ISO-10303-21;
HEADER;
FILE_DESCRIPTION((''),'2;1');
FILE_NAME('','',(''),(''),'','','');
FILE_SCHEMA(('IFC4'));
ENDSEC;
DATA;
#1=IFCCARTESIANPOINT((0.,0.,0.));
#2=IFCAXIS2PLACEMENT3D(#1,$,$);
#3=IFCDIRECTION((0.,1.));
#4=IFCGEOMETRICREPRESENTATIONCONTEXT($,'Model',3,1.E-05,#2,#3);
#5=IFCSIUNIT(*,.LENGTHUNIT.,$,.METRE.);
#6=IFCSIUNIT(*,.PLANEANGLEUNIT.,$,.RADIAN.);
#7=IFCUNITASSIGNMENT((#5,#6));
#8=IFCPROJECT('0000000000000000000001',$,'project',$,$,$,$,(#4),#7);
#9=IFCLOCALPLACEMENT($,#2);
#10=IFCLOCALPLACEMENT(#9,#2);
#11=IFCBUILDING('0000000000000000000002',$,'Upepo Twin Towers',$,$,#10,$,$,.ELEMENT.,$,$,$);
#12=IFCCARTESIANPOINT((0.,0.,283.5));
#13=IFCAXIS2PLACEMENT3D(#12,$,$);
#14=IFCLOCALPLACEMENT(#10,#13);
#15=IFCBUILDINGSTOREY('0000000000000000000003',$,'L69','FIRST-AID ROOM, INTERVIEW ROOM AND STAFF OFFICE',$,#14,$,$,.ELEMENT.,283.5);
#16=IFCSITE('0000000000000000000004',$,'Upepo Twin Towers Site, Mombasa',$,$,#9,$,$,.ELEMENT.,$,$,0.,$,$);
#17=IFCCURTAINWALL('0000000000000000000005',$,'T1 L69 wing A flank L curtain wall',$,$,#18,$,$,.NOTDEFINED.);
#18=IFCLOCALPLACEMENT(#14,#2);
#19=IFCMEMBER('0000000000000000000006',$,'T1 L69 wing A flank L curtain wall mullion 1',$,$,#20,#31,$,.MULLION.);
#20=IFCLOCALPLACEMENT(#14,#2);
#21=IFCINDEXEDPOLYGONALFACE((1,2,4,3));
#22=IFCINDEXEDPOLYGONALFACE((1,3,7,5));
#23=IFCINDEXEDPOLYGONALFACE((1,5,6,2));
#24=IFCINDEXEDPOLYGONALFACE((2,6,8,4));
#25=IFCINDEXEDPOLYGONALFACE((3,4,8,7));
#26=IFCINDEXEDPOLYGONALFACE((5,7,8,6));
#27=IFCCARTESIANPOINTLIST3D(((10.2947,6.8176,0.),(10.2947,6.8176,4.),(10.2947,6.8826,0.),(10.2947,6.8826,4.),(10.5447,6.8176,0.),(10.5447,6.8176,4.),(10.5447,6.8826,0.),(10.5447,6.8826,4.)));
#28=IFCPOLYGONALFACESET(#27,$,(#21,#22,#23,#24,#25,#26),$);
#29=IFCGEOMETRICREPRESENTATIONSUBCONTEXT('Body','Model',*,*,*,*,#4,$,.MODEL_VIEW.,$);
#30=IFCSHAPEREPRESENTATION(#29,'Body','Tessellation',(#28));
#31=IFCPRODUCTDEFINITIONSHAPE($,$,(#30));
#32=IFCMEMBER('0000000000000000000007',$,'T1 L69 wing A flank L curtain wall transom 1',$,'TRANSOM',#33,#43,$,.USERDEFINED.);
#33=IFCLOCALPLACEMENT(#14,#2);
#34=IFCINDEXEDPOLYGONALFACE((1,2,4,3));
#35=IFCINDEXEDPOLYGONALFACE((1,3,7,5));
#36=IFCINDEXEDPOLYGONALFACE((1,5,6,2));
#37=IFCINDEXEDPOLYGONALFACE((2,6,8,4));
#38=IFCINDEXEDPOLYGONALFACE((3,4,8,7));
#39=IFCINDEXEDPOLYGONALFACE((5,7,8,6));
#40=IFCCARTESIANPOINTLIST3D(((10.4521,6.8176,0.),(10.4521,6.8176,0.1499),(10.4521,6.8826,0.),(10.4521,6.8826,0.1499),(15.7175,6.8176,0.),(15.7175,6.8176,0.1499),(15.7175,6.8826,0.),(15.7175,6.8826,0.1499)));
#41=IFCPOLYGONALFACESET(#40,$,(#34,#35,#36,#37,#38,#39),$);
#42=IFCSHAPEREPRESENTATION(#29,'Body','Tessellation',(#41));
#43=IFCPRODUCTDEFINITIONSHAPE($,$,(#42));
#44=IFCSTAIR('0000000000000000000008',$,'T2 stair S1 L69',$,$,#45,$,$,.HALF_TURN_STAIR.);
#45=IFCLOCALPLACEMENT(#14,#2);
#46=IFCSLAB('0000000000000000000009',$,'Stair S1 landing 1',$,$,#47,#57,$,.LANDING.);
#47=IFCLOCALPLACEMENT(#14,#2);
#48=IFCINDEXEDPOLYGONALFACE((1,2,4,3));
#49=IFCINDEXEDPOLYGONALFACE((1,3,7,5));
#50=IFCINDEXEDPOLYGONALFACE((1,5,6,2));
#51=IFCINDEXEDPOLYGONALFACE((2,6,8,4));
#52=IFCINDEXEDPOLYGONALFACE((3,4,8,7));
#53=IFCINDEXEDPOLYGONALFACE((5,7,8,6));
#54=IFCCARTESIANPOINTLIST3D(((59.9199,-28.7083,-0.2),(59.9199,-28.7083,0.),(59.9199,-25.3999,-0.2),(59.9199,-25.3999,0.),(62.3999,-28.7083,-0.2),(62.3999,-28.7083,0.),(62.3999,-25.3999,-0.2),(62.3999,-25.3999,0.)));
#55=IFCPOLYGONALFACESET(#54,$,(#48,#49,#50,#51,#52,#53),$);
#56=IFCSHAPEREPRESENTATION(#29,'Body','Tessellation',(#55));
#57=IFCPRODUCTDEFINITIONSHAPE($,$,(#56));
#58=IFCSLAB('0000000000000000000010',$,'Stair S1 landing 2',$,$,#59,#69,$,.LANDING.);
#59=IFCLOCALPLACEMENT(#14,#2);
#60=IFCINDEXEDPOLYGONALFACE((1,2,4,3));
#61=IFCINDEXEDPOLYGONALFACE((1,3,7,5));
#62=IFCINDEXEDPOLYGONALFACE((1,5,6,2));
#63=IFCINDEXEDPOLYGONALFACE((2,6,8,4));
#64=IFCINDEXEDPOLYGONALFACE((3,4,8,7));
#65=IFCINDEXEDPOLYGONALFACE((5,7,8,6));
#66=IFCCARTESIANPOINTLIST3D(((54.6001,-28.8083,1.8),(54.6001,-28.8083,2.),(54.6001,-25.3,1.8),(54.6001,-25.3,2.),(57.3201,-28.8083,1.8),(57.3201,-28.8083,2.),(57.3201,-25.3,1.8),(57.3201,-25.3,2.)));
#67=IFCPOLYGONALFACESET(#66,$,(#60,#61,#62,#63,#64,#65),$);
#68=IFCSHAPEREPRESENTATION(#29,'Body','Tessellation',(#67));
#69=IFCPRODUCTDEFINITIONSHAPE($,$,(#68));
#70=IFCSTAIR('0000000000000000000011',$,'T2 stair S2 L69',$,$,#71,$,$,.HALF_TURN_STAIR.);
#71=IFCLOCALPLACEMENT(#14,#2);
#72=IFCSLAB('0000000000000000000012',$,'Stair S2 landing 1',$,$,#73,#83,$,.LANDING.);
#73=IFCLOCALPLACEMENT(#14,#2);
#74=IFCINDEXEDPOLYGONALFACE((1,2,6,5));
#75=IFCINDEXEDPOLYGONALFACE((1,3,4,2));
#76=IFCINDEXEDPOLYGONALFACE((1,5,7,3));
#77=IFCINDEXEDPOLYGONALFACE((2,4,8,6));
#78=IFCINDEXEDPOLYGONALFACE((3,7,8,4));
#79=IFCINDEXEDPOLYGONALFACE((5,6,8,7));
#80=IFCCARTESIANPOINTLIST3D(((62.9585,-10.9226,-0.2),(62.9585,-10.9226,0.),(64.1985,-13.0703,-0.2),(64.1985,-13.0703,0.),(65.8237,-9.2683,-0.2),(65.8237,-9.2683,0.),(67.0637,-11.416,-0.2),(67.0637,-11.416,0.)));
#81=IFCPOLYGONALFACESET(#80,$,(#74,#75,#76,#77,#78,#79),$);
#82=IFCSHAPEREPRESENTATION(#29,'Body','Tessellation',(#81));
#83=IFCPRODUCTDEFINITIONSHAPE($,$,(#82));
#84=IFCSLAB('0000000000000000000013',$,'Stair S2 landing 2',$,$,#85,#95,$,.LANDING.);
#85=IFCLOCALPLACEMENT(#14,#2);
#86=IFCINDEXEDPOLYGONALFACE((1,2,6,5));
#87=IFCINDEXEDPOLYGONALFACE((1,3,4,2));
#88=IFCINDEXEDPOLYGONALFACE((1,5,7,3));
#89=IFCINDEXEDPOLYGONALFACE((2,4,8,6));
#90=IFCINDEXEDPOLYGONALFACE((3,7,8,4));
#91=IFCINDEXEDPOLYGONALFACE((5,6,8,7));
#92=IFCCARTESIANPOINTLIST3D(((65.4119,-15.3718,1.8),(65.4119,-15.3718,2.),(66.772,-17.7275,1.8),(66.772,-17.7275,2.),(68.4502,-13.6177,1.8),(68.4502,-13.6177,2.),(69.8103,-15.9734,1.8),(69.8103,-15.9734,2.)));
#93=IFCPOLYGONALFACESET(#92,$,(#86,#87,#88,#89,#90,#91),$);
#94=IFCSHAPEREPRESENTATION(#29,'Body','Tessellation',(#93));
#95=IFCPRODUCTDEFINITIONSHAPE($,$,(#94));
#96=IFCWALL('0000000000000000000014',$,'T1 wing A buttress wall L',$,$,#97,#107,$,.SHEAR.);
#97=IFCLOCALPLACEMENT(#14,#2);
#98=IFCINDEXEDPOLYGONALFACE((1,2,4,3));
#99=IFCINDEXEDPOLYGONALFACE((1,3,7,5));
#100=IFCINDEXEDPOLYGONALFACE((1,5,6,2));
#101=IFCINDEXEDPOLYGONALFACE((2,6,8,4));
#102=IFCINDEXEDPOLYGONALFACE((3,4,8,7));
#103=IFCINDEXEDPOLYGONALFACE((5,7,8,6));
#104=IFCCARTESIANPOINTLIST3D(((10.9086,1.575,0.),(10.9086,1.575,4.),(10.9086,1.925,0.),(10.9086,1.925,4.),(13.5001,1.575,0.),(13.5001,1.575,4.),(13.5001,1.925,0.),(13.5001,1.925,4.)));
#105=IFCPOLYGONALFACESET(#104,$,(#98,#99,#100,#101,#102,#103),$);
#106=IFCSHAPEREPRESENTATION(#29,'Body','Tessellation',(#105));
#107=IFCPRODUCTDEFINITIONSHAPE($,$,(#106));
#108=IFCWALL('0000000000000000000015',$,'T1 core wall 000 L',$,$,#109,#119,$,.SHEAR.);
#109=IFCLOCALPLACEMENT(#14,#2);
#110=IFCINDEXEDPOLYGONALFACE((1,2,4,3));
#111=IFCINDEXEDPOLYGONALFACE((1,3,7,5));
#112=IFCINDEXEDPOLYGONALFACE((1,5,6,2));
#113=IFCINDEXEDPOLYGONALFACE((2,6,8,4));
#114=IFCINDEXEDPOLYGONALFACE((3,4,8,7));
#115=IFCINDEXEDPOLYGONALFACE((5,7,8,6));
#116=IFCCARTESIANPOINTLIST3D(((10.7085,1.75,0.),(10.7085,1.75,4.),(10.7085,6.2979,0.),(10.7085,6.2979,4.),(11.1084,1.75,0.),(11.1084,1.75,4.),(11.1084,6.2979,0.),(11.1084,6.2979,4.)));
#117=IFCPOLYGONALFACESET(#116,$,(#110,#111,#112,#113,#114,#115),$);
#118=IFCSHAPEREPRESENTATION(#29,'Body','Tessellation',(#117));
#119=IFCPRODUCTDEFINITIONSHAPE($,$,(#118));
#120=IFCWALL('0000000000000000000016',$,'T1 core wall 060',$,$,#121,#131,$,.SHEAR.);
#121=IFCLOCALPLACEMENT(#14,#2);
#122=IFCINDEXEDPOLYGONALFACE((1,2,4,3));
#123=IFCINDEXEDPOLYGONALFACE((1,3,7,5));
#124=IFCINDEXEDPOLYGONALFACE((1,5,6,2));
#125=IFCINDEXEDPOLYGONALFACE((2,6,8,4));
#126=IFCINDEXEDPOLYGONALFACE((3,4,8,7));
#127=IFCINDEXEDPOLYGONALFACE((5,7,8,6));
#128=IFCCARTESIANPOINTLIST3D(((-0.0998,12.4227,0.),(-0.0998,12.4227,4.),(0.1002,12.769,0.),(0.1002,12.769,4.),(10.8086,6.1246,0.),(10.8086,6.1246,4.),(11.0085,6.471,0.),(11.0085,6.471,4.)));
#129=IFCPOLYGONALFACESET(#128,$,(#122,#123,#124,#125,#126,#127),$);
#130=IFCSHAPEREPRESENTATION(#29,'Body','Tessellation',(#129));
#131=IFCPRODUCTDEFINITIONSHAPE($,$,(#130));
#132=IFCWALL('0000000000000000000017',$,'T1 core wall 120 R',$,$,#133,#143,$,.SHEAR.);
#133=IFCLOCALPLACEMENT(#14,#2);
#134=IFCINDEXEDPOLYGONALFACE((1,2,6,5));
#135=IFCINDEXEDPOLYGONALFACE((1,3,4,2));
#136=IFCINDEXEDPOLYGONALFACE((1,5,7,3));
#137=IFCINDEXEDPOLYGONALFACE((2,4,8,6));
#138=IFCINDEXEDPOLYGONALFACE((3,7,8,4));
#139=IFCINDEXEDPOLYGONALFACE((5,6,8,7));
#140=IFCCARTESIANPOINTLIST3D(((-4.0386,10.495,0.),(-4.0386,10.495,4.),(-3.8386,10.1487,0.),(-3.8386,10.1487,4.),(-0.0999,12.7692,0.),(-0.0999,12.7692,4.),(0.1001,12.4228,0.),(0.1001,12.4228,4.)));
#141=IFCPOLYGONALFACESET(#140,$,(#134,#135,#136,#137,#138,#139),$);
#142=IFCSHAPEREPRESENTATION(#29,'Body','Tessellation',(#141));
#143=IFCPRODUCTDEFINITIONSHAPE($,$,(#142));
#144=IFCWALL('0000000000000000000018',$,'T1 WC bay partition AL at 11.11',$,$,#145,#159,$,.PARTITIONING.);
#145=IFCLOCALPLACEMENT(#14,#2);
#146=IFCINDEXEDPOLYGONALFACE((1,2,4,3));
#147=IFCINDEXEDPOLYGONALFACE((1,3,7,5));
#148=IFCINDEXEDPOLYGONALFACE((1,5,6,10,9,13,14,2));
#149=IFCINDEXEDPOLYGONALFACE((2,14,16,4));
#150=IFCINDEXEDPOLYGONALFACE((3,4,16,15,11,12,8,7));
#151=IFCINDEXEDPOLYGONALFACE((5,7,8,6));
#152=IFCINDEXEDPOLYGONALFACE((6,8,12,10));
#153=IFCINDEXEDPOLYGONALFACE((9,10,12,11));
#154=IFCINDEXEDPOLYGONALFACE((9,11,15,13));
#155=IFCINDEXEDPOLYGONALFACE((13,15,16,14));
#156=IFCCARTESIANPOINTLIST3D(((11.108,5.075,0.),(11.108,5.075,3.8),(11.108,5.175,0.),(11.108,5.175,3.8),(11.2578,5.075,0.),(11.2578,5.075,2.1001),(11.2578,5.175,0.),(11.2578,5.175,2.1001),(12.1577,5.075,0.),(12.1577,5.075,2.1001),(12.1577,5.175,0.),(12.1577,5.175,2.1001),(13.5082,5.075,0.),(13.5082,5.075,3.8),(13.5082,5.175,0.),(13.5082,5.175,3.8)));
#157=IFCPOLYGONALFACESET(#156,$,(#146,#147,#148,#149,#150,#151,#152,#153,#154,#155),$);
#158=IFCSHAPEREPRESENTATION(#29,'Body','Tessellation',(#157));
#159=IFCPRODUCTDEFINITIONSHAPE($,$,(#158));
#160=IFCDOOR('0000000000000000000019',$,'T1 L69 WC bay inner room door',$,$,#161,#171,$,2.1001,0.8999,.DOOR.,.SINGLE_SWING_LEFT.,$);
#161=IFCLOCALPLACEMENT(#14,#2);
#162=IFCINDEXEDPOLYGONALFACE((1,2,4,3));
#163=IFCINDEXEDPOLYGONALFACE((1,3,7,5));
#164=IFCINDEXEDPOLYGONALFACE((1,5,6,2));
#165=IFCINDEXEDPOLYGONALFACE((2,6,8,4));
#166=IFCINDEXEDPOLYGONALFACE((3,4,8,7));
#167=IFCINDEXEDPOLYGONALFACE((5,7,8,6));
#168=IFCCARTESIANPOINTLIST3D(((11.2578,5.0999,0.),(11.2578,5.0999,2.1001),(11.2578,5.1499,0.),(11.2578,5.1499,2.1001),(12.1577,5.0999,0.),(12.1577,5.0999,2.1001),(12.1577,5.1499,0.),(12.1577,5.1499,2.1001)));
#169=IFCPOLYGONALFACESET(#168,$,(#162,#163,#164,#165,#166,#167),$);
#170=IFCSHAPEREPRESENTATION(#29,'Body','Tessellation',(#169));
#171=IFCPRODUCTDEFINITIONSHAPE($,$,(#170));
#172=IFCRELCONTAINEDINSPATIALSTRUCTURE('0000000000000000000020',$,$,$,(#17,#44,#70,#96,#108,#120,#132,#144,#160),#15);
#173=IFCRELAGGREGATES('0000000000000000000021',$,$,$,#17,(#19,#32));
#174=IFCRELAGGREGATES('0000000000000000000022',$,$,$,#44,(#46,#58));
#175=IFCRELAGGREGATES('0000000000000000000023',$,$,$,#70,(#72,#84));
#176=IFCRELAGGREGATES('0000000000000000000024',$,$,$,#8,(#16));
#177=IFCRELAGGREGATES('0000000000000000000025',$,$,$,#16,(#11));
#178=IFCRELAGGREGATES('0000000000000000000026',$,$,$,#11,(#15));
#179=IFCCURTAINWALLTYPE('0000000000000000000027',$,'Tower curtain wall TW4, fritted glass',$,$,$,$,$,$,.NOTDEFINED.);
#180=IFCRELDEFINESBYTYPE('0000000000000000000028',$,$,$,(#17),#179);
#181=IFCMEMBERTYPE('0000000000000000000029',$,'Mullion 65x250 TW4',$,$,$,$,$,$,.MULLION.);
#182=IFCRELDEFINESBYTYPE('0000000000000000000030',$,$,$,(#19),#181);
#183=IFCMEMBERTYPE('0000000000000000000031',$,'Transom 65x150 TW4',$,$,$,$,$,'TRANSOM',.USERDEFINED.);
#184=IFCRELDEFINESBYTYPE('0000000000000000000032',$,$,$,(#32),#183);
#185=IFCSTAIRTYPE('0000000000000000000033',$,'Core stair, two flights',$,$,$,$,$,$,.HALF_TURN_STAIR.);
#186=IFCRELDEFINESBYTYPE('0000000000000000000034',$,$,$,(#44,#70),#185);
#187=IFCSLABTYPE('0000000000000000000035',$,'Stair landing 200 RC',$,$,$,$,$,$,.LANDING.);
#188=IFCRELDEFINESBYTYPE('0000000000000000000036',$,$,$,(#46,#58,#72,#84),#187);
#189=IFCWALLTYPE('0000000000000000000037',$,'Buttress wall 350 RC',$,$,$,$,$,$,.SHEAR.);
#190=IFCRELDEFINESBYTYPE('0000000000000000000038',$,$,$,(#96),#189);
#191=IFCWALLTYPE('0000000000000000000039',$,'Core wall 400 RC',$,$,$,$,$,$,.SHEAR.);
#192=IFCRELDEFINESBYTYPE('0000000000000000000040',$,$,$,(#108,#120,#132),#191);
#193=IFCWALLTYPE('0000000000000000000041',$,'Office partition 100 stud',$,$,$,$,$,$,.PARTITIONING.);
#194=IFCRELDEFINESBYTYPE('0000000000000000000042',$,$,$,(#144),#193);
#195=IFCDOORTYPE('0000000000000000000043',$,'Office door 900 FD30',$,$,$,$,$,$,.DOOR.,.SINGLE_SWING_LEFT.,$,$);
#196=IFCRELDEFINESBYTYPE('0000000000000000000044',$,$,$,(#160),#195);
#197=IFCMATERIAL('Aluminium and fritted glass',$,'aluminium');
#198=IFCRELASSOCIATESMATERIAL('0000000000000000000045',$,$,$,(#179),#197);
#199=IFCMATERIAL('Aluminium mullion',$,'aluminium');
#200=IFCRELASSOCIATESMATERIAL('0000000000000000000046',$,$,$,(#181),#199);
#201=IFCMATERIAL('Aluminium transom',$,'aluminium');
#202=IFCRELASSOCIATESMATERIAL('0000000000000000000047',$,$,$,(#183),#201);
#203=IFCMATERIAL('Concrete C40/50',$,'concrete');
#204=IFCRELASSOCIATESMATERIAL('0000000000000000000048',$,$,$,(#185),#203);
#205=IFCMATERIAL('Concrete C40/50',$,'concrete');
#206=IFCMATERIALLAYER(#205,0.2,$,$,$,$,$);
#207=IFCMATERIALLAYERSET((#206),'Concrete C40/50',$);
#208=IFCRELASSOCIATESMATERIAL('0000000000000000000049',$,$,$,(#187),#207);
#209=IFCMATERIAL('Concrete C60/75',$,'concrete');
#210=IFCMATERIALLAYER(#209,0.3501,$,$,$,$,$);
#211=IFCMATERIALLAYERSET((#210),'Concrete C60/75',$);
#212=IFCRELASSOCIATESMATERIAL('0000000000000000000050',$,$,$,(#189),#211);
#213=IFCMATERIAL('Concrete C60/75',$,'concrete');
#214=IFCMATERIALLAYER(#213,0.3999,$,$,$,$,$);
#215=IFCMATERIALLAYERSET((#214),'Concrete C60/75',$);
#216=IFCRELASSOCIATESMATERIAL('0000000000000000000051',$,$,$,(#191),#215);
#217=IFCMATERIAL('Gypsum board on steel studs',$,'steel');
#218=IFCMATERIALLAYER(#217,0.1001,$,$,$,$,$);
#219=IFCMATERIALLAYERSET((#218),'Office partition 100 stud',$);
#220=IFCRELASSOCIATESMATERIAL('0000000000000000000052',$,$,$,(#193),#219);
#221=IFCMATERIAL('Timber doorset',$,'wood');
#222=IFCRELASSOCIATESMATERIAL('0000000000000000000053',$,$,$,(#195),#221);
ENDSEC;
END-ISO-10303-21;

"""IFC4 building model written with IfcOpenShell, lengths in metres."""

from ifc_helpers import new_model, si_unit, direction, frame, frame_2d, origin, origin_2d, place, context, subcontext, project, spatial, polyline, rectangle, outline, extrude, material, layer, layer_set, material_profile, profile_set, type_object, element, fill, aggregate, save


model = new_model("IFC4")

# Units and contexts
model_context = context("Model", 3, precision=1e-05, world=origin(), true_north=direction((0.0, 1.0)))
body_context = subcontext(model_context, "Body", "Model", "MODEL_VIEW")
ifc_project = project(units=[si_unit("LENGTHUNIT", "METRE"), si_unit("PLANEANGLEUNIT", "RADIAN")], contexts=[model_context])

# Site, building, storey
site_placement = place(None, origin())
site = spatial("IfcSite", under=ifc_project, at=site_placement, Name="Upepo Twin Towers Site, Mombasa", CompositionType="ELEMENT", RefElevation=0.0)
building_placement = place(site_placement, origin())
building = spatial("IfcBuilding", under=site, at=building_placement, Name="Upepo Twin Towers", CompositionType="ELEMENT")
storey_placement = place(building_placement, frame((0.0, 0.0, 283.5)))
storey = spatial("IfcBuildingStorey", under=building, at=storey_placement, Name="L69", Description="FIRST-AID ROOM, INTERVIEW ROOM AND STAFF OFFICE", CompositionType="ELEMENT", Elevation=283.5)

# Curtain wall, members
ifc_material_1 = material(Name="Aluminium and fritted glass", Category="aluminium")
curtain_wall_type = type_object("IfcCurtainWallType", Name="Tower curtain wall TW4, fritted glass", PredefinedType="NOTDEFINED", material=ifc_material_1)
curtain_wall_placement = place(storey_placement, origin())
curtain_wall = element("IfcCurtainWall", 1, at=curtain_wall_placement, inside=storey, type_object=curtain_wall_type, Name="T1 L69 wing A flank L curtain wall", PredefinedType="NOTDEFINED")
ifc_material_2 = material(Name="Aluminium mullion", Category="aluminium")
ifc_material_profile_1 = material_profile(ifc_material_2, rectangle(XDim=0.0649, YDim=0.25, at=origin_2d()), Name="MULLION 65x250")
ifc_profile_set_1 = profile_set([ifc_material_profile_1], Name="Aluminium mullion")
member_type_1 = type_object("IfcMemberType", Name="Mullion 65x250 TW4", PredefinedType="MULLION", material=ifc_profile_set_1)
member_1_placement = place(storey_placement, frame((10.4197, 6.8501, 0.0), z_axis=(0.0, 0.0, 1.0), x_axis=(0.0, 1.0, 0.0)))
member_1 = element("IfcMember", 2, at=member_1_placement, type_object=member_type_1, Name="T1 L69 wing A flank L curtain wall mullion 1", PredefinedType="MULLION", context=body_context, shape_type="SweptSolid", body=[
    extrude(rectangle(XDim=0.0649, YDim=0.25, at=origin_2d()), origin(), (0.0, 0.0, 1.0), 4.0),
])
ifc_material_3 = material(Name="Aluminium transom", Category="aluminium")
ifc_material_profile_2 = material_profile(ifc_material_3, rectangle(XDim=0.0649, YDim=0.1499, at=origin_2d()), Name="TRANSOM 65x150")
ifc_profile_set_2 = profile_set([ifc_material_profile_2], Name="Aluminium transom")
member_type_2 = type_object("IfcMemberType", Name="Transom 65x150 TW4", ElementType="TRANSOM", PredefinedType="USERDEFINED", material=ifc_profile_set_2)
member_2_placement = place(storey_placement, frame((10.4521, 6.8501, 0.075), z_axis=(1.0, 0.0, 0.0), x_axis=(0.0, 1.0, 0.0)))
member_2 = element("IfcMember", 3, at=member_2_placement, type_object=member_type_2, Name="T1 L69 wing A flank L curtain wall transom 1", ObjectType="TRANSOM", PredefinedType="USERDEFINED", context=body_context, shape_type="SweptSolid", body=[
    extrude(rectangle(XDim=0.0649, YDim=0.1499, at=origin_2d()), origin(), (0.0, 0.0, 1.0), 5.2654),
])
aggregate(curtain_wall, [member_1, member_2])

# Stairs, slabs
ifc_material_4 = material(Name="Concrete C40/50", Category="concrete")
stair_type = type_object("IfcStairType", Name="Core stair, two flights", PredefinedType="HALF_TURN_STAIR", material=ifc_material_4)
stair_1_placement = place(storey_placement, origin())
stair_1 = element("IfcStair", 4, at=stair_1_placement, inside=storey, type_object=stair_type, Name="T2 stair S1 L69", PredefinedType="HALF_TURN_STAIR")
ifc_material_5 = material(Name="Concrete C40/50", Category="concrete")
ifc_layer_1 = layer(ifc_material_5, 0.2)
ifc_layer_set_1 = layer_set([ifc_layer_1], Name="Concrete C40/50")
slab_type = type_object("IfcSlabType", Name="Stair landing 200 RC", PredefinedType="LANDING", material=ifc_layer_set_1)
slab_1_placement = place(storey_placement, frame((0.0, 0.0, -0.2)))
slab_1 = element("IfcSlab", 5, at=slab_1_placement, type_object=slab_type, Name="Stair S1 landing 1", PredefinedType="LANDING", context=body_context, shape_type="SweptSolid", body=[
    extrude(outline(polyline([(59.9199, -25.3999), (59.9199, -28.7083), (62.3999, -28.7083), (62.3999, -25.3999), (59.9199, -25.3999)])), origin(), (0.0, 0.0, 1.0), 0.2),
])
slab_2_placement = place(storey_placement, frame((0.0, 0.0, 1.8)))
slab_2 = element("IfcSlab", 6, at=slab_2_placement, type_object=slab_type, Name="Stair S1 landing 2", PredefinedType="LANDING", context=body_context, shape_type="SweptSolid", body=[
    extrude(outline(polyline([(54.6001, -25.3), (54.6001, -28.8083), (57.3201, -28.8083), (57.3201, -25.3), (54.6001, -25.3)])), origin(), (0.0, 0.0, 1.0), 0.2),
])
aggregate(stair_1, [slab_1, slab_2])
stair_2_placement = place(storey_placement, origin())
stair_2 = element("IfcStair", 7, at=stair_2_placement, inside=storey, type_object=stair_type, Name="T2 stair S2 L69", PredefinedType="HALF_TURN_STAIR")
slab_3_placement = place(storey_placement, frame((0.0, 0.0, -0.2)))
slab_3 = element("IfcSlab", 8, at=slab_3_placement, type_object=slab_type, Name="Stair S2 landing 1", PredefinedType="LANDING", context=body_context, shape_type="SweptSolid", body=[
    extrude(outline(polyline([(64.1985, -13.0703), (67.0637, -11.416), (65.8237, -9.2683), (62.9585, -10.9226), (64.1985, -13.0703)])), origin(), (0.0, 0.0, 1.0), 0.2),
])
slab_4_placement = place(storey_placement, frame((0.0, 0.0, 1.8)))
slab_4 = element("IfcSlab", 9, at=slab_4_placement, type_object=slab_type, Name="Stair S2 landing 2", PredefinedType="LANDING", context=body_context, shape_type="SweptSolid", body=[
    extrude(outline(polyline([(66.772, -17.7275), (69.8103, -15.9734), (68.4502, -13.6177), (65.4119, -15.3718), (66.772, -17.7275)])), origin(), (0.0, 0.0, 1.0), 0.2),
])
aggregate(stair_2, [slab_3, slab_4])

# Walls
ifc_material_6 = material(Name="Concrete C60/75", Category="concrete")
ifc_layer_2 = layer(ifc_material_6, 0.3501)
ifc_layer_set_2 = layer_set([ifc_layer_2], Name="Concrete C60/75")
wall_type_1 = type_object("IfcWallType", Name="Buttress wall 350 RC", PredefinedType="SHEAR", material=ifc_layer_set_2)
wall_1_placement = place(storey_placement, frame((10.9084, 1.75, 0.0), z_axis=(0.0, 0.0, 1.0), x_axis=(1.0, 0.0, 0.0)))
element("IfcWall", 10, at=wall_1_placement, inside=storey, type_object=wall_type_1, Name="T1 wing A buttress wall L", PredefinedType="SHEAR", context=body_context, shape_type="SweptSolid", body=[
    extrude(rectangle(XDim=2.5916, YDim=0.3501, at=frame_2d((1.2959, 0.0))), origin(), (0.0, 0.0, 1.0), 4.0),
])
ifc_material_7 = material(Name="Concrete C60/75", Category="concrete")
ifc_layer_3 = layer(ifc_material_7, 0.3999)
ifc_layer_set_3 = layer_set([ifc_layer_3], Name="Concrete C60/75")
wall_type_2 = type_object("IfcWallType", Name="Core wall 400 RC", PredefinedType="SHEAR", material=ifc_layer_set_3)
wall_2_placement = place(storey_placement, frame((10.9084, 1.75, 0.0), z_axis=(0.0, 0.0, 1.0), x_axis=(0.0, 1.0, 0.0)))
element("IfcWall", 11, at=wall_2_placement, inside=storey, type_object=wall_type_2, Name="T1 core wall 000 L", PredefinedType="SHEAR", context=body_context, shape_type="SweptSolid", body=[
    extrude(rectangle(XDim=4.5479, YDim=0.3999, at=frame_2d((2.2739, 0.0))), origin(), (0.0, 0.0, 1.0), 4.0),
])
wall_3_placement = place(storey_placement, frame((10.9084, 6.2979, 0.0), z_axis=(0.0, 0.0, 1.0), x_axis=(-0.866022, 0.500006, 0.0)))
element("IfcWall", 12, at=wall_3_placement, inside=storey, type_object=wall_type_2, Name="T1 core wall 060", PredefinedType="SHEAR", context=body_context, shape_type="SweptSolid", body=[
    extrude(rectangle(XDim=12.5959, YDim=0.3999, at=frame_2d((6.2979, 0.0))), origin(), (0.0, 0.0, 1.0), 4.0),
])
wall_4_placement = place(storey_placement, frame((0.0, 12.5959, 0.0), z_axis=(0.0, 0.0, 1.0), x_axis=(-0.866011, -0.500024, 0.0)))
element("IfcWall", 13, at=wall_4_placement, inside=storey, type_object=wall_type_2, Name="T1 core wall 120 R", PredefinedType="SHEAR", context=body_context, shape_type="SweptSolid", body=[
    extrude(rectangle(XDim=4.5481, YDim=0.3999, at=frame_2d((2.2739, 0.0))), origin(), (0.0, 0.0, 1.0), 4.0),
])

# Wall, opening, door
ifc_material_8 = material(Name="Gypsum board on steel studs", Category="steel")
ifc_layer_4 = layer(ifc_material_8, 0.1001)
ifc_layer_set_4 = layer_set([ifc_layer_4], Name="Office partition 100 stud")
wall_type_3 = type_object("IfcWallType", Name="Office partition 100 stud", PredefinedType="PARTITIONING", material=ifc_layer_set_4)
wall_5_placement = place(storey_placement, frame((11.1079, 5.125, 0.0), z_axis=(0.0, 0.0, 1.0), x_axis=(1.0, 0.0, 0.0)))
wall_5 = element("IfcWall", 14, at=wall_5_placement, inside=storey, type_object=wall_type_3, Name="T1 WC bay partition AL at 11.11", PredefinedType="PARTITIONING", context=body_context, shape_type="SweptSolid", body=[
    extrude(rectangle(XDim=2.4001, YDim=0.1001, at=frame_2d((1.2002, 0.0))), origin(), (0.0, 0.0, 1.0), 3.8),
])
opening_1_placement = place(wall_5_placement, frame((0.1499, 0.0, 0.0)))
opening_1 = element("IfcOpeningElement", 15, at=opening_1_placement, cuts=wall_5, PredefinedType="OPENING", context=body_context, shape_type="SweptSolid", body=[
    extrude(rectangle(XDim=0.8999, YDim=2.1001, at=frame_2d((0.45, 1.05))), frame((0.0, 0.0601, 0.0), z_axis=(0.0, -1.0, 0.0), x_axis=(1.0, 0.0, 0.0)), (0.0, 0.0, 1.0), 0.1201),
])
ifc_material_9 = material(Name="Timber doorset", Category="wood")
door_type_1 = type_object("IfcDoorType", Name="Office door 900 FD30", OperationType="SINGLE_SWING_LEFT", PredefinedType="DOOR", material=ifc_material_9)
door_1_placement = place(opening_1_placement, origin())
door_1 = element("IfcDoor", 16, at=door_1_placement, inside=storey, type_object=door_type_1, Name="T1 L69 WC bay inner room door", OperationType="SINGLE_SWING_LEFT", OverallHeight=2.1001, OverallWidth=0.8999, PredefinedType="DOOR", context=body_context, shape_type="SweptSolid", body=[
    extrude(rectangle(XDim=0.8999, YDim=2.1001, at=frame_2d((0.45, 1.05))), frame((0.0, 0.0249, 0.0), z_axis=(0.0, -1.0, 0.0), x_axis=(1.0, 0.0, 0.0)), (0.0, 0.0, 1.0), 0.05),
])
fill(opening_1, door_1)

save(model, "model.ifc")
